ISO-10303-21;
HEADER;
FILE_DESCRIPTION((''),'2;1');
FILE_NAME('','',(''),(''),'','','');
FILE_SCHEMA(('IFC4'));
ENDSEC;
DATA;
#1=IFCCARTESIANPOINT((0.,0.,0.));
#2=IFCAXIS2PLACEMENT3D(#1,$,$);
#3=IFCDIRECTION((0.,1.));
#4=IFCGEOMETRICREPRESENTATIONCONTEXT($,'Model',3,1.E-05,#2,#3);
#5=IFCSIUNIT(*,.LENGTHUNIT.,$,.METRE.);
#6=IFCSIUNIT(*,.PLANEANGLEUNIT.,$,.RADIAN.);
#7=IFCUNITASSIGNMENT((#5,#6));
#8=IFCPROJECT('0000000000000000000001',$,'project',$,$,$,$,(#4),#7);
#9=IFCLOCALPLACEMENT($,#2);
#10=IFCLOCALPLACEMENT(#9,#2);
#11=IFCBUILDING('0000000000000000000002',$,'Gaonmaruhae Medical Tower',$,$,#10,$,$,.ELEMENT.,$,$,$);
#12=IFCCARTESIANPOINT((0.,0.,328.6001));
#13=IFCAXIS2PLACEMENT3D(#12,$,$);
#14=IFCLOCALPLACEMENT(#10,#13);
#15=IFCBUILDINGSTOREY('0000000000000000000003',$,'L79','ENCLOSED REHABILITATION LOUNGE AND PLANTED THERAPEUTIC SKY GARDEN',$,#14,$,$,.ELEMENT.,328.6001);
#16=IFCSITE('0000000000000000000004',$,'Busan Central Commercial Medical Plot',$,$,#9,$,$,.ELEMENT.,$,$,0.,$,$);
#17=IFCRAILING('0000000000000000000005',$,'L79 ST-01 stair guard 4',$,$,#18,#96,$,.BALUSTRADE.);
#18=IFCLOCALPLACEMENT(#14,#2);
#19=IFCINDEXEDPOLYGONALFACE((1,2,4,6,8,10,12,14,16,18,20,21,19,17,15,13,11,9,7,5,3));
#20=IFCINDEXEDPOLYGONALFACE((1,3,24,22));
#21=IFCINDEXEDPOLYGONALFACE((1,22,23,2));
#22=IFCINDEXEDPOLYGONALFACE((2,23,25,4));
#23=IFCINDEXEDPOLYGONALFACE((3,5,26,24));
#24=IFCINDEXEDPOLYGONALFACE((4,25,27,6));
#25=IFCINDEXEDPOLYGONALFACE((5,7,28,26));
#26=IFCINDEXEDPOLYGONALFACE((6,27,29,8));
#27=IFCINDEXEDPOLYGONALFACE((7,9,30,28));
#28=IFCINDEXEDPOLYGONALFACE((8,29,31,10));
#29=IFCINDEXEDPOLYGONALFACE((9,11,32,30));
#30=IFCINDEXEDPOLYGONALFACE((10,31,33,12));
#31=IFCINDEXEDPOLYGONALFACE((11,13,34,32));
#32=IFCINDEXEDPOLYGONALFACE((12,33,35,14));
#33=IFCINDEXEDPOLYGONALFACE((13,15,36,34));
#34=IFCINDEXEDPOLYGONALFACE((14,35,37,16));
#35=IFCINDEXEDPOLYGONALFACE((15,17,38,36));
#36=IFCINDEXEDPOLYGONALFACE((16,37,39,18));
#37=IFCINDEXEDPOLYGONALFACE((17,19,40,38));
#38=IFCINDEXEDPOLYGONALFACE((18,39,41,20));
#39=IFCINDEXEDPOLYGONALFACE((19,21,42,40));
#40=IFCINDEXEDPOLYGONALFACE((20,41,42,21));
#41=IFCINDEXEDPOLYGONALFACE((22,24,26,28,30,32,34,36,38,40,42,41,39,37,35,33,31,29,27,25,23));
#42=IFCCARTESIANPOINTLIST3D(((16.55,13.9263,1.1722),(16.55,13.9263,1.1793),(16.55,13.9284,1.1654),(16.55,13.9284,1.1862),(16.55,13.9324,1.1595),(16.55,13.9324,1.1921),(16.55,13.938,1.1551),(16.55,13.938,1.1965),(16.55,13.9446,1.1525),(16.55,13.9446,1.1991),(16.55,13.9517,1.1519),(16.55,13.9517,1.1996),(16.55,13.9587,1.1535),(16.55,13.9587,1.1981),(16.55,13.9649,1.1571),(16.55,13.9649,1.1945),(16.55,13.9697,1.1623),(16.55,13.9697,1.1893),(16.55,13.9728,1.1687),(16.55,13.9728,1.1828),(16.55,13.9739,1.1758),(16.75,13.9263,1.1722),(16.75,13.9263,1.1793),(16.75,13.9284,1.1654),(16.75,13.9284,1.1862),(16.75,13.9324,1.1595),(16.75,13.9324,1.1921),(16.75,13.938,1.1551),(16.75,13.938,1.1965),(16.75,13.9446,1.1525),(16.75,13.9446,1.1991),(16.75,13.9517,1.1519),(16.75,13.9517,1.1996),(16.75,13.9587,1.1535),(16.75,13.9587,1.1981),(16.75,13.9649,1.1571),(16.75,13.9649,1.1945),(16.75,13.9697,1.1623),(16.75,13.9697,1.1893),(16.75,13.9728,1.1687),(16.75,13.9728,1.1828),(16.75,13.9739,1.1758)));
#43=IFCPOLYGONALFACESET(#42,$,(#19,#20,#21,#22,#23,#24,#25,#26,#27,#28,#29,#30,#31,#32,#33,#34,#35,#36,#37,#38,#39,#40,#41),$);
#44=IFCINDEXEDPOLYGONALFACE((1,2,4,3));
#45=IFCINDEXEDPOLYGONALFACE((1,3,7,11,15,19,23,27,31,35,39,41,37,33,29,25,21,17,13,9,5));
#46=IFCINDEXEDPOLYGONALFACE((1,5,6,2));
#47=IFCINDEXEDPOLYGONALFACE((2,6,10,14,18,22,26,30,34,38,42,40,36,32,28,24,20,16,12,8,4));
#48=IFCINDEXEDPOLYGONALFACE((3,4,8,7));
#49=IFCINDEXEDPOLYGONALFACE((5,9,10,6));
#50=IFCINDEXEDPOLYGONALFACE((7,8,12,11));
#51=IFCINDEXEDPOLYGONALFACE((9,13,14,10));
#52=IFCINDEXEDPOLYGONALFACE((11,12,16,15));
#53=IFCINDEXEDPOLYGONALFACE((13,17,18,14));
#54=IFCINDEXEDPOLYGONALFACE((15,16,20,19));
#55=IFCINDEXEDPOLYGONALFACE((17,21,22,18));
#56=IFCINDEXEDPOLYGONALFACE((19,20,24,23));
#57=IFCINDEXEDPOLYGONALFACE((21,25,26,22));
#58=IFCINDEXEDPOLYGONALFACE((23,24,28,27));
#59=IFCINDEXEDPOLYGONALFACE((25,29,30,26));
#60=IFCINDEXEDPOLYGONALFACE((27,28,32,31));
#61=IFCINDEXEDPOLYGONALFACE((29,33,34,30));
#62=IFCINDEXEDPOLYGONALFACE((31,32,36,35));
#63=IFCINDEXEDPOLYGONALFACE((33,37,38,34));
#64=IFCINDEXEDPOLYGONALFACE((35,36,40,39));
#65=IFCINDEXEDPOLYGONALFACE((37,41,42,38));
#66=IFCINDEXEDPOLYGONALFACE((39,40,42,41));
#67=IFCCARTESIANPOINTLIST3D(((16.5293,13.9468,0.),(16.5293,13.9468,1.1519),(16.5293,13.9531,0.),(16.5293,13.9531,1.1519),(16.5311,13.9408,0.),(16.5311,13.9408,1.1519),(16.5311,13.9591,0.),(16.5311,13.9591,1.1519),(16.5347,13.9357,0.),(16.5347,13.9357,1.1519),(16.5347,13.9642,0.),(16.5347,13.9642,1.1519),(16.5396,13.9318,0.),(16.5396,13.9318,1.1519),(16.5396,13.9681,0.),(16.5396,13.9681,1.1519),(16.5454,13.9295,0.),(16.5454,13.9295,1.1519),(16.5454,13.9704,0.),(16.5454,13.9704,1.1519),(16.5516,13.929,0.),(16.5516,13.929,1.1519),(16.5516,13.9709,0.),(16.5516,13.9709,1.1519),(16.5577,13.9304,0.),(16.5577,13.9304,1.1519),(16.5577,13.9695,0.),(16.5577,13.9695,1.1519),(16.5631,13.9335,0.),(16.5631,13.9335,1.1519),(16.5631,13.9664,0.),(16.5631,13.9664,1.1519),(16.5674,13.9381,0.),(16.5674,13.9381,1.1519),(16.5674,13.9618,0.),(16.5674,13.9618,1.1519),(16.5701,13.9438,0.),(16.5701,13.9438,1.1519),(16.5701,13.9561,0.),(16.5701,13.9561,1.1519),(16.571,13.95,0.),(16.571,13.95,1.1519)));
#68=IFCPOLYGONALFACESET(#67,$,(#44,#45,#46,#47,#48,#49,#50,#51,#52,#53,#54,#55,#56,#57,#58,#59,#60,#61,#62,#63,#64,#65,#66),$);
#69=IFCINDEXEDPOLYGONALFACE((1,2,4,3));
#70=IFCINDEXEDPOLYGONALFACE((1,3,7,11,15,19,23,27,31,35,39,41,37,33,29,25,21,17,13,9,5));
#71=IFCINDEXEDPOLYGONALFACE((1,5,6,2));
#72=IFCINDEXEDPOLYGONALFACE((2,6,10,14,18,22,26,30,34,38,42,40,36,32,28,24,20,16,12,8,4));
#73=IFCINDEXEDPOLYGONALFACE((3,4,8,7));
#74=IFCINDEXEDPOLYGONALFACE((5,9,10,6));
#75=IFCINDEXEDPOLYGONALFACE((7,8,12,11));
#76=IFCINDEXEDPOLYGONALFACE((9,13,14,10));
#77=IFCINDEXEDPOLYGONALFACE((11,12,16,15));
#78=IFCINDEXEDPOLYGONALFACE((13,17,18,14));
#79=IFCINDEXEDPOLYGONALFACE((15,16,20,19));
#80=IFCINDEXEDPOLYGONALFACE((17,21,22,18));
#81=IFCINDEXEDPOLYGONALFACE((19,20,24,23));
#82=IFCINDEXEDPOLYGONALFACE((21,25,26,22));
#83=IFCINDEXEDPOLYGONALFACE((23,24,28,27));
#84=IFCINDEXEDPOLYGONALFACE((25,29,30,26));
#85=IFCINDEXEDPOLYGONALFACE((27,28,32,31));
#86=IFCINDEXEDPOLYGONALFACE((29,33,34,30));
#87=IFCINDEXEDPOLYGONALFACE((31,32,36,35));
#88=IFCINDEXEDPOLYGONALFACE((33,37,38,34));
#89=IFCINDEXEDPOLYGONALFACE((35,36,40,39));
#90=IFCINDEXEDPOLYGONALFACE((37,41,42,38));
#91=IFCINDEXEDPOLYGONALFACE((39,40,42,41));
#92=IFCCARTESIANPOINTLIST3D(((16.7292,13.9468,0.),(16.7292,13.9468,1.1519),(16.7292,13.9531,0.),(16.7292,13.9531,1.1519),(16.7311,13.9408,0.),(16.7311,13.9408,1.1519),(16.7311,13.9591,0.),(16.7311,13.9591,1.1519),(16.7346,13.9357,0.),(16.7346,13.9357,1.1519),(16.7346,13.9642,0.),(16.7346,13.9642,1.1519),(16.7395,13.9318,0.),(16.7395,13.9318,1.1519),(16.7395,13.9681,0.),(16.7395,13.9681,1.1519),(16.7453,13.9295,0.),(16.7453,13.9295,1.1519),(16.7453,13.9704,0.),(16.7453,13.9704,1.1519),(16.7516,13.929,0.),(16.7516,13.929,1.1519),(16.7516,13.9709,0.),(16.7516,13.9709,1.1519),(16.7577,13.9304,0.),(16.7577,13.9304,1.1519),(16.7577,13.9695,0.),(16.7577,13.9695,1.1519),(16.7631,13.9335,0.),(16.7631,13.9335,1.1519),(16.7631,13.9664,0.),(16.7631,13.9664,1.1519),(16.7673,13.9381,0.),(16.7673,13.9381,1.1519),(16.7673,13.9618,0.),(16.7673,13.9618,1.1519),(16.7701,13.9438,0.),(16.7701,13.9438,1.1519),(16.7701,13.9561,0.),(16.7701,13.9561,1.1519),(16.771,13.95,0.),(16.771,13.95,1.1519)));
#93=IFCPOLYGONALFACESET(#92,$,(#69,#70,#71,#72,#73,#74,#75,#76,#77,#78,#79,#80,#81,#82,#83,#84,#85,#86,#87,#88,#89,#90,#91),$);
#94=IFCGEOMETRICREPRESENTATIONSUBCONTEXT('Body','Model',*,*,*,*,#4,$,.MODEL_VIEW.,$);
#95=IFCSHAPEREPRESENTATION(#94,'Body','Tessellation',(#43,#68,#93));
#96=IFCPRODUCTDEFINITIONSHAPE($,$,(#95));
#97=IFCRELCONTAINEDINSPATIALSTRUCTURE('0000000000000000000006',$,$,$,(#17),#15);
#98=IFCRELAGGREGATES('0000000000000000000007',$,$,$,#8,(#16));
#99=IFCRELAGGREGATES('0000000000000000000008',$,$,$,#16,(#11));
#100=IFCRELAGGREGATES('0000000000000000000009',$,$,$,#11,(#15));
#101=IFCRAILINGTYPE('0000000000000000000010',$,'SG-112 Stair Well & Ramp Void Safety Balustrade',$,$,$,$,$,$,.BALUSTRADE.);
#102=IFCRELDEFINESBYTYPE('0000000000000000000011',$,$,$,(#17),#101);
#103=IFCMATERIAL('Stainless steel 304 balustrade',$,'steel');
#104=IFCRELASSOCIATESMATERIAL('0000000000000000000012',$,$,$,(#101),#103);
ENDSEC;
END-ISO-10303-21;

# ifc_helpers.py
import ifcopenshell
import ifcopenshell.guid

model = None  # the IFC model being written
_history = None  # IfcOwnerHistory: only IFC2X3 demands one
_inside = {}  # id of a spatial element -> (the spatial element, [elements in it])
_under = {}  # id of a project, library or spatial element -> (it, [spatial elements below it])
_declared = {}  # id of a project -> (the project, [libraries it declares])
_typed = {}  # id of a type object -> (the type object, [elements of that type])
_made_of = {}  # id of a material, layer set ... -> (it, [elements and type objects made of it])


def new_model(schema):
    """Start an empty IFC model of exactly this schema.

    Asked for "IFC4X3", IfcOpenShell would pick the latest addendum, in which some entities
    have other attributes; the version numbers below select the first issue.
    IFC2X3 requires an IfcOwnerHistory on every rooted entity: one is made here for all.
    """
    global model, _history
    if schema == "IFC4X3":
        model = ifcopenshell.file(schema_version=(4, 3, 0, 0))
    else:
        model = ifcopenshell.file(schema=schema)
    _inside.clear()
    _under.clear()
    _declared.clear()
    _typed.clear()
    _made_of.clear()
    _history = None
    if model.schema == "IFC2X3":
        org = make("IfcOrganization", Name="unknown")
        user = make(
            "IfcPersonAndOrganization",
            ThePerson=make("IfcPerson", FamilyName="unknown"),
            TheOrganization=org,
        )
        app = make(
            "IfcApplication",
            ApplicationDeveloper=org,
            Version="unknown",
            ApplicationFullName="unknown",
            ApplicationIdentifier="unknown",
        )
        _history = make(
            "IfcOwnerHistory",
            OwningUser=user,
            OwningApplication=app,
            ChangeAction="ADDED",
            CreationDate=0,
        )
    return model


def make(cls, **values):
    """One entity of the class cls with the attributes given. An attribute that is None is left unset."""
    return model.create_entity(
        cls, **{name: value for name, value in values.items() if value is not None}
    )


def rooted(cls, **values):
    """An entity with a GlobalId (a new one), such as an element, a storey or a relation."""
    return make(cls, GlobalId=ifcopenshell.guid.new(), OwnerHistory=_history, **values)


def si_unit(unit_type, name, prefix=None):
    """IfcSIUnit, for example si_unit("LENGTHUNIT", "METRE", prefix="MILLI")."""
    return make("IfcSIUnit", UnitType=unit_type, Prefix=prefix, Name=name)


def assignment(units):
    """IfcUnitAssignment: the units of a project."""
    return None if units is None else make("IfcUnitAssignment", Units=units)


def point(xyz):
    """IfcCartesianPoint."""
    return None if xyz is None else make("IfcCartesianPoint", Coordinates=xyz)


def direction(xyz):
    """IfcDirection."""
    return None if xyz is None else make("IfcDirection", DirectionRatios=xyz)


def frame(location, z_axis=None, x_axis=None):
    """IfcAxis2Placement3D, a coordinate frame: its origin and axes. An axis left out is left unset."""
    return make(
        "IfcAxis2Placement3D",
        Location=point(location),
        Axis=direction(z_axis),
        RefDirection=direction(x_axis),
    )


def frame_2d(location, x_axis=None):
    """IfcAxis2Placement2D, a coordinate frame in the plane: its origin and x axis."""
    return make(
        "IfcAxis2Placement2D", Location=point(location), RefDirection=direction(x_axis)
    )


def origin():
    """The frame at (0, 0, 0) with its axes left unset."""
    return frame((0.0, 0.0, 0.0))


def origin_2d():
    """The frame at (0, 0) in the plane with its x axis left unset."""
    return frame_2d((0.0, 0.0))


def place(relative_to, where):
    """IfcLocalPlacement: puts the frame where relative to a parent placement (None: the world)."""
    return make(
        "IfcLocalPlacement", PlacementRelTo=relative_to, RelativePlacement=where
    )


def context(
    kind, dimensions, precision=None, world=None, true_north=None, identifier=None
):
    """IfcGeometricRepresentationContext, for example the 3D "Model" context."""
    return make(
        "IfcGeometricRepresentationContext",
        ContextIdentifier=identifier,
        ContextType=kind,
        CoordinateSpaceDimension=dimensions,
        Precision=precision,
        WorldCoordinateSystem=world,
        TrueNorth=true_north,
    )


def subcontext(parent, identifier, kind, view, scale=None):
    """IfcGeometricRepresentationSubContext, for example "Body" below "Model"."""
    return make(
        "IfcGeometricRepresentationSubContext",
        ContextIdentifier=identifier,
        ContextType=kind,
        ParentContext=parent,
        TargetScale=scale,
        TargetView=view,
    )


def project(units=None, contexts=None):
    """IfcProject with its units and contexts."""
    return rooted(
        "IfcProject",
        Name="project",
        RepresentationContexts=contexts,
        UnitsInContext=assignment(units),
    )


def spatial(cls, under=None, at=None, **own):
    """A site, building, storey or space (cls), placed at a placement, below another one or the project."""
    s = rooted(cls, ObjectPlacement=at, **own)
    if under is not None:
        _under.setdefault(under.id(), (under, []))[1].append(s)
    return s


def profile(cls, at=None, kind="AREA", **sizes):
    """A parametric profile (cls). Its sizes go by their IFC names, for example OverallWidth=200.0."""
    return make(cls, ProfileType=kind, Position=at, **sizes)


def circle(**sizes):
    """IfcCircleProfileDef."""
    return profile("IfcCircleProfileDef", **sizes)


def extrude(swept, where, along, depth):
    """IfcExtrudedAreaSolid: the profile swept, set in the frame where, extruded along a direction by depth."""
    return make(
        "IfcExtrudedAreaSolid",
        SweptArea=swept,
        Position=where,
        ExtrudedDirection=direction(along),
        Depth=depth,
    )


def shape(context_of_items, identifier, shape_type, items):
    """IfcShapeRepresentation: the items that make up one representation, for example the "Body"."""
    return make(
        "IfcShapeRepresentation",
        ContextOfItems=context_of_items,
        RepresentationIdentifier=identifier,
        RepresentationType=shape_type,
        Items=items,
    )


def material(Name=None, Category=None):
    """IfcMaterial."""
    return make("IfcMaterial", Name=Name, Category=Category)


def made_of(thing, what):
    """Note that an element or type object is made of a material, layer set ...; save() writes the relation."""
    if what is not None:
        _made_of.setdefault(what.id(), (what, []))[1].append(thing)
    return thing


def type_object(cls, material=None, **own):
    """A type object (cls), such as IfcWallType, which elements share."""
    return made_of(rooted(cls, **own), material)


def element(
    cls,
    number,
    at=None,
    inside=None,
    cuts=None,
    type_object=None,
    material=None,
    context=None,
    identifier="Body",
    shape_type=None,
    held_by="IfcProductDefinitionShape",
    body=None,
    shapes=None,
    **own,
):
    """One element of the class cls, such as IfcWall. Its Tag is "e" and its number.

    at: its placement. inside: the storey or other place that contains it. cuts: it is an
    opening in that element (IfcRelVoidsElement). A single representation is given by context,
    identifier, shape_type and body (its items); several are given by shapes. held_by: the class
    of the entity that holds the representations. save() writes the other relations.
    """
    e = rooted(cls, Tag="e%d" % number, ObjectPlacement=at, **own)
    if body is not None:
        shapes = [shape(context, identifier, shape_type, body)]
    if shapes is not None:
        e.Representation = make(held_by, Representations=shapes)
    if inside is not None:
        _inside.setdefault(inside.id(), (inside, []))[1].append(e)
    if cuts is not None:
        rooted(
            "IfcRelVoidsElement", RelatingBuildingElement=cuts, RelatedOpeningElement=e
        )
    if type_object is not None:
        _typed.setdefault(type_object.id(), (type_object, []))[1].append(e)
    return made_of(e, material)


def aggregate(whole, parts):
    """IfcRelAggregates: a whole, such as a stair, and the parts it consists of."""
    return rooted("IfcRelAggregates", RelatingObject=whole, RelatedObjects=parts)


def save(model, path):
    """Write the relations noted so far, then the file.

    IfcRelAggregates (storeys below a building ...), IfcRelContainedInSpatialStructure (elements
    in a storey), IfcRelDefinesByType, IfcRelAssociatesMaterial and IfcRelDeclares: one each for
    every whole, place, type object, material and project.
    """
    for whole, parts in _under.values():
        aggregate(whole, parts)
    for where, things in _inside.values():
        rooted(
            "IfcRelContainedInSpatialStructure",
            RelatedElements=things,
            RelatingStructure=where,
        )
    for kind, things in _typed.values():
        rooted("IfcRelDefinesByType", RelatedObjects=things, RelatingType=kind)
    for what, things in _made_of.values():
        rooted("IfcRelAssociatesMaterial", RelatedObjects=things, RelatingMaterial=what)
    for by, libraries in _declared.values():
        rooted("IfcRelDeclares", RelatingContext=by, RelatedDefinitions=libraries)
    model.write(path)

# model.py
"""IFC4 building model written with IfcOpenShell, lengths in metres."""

from ifc_helpers import new_model, si_unit, direction, frame, origin, origin_2d, place, context, subcontext, project, spatial, circle, extrude, material, type_object, element, save


model = new_model("IFC4")

# Units and contexts
model_context = context("Model", 3, precision=1e-05, world=origin(), true_north=direction((0.0, 1.0)))
body_context = subcontext(model_context, "Body", "Model", "MODEL_VIEW")
ifc_project = project(units=[si_unit("LENGTHUNIT", "METRE"), si_unit("PLANEANGLEUNIT", "RADIAN")], contexts=[model_context])

# Site, building, storey
site_placement = place(None, origin())
site = spatial("IfcSite", under=ifc_project, at=site_placement, Name="Busan Central Commercial Medical Plot", CompositionType="ELEMENT", RefElevation=0.0)
building_placement = place(site_placement, origin())
building = spatial("IfcBuilding", under=site, at=building_placement, Name="Gaonmaruhae Medical Tower", CompositionType="ELEMENT")
storey_placement = place(building_placement, frame((0.0, 0.0, 328.6001)))
storey = spatial("IfcBuildingStorey", under=building, at=storey_placement, Name="L79", Description="ENCLOSED REHABILITATION LOUNGE AND PLANTED THERAPEUTIC SKY GARDEN", CompositionType="ELEMENT", Elevation=328.6001)

# Railing
ifc_material_1 = material(Name="Stainless steel 304 balustrade", Category="steel")
railing_type_1 = type_object("IfcRailingType", Name="SG-112 Stair Well & Ramp Void Safety Balustrade", PredefinedType="BALUSTRADE", material=ifc_material_1)
railing_1_placement = place(storey_placement, frame((16.55, 13.95, 0.0)))
element("IfcRailing", 1, at=railing_1_placement, inside=storey, type_object=railing_type_1, Name="L79 ST-01 stair guard 4", PredefinedType="BALUSTRADE", context=body_context, shape_type="SweptSolid", body=[
    extrude(circle(Radius=0.0239, at=origin_2d()), frame((0.0, 0.0, 1.1758), z_axis=(1.0, 0.0, 0.0), x_axis=(0.0, 1.0, 0.0)), (0.0, 0.0, 1.0), 0.2),
    extrude(circle(Radius=0.021, at=origin_2d()), origin(), (0.0, 0.0, 1.0), 1.1519),
    extrude(circle(Radius=0.021, at=origin_2d()), frame((0.2, 0.0, 0.0)), (0.0, 0.0, 1.0), 1.1519),
])

save(model, "model.ifc")
